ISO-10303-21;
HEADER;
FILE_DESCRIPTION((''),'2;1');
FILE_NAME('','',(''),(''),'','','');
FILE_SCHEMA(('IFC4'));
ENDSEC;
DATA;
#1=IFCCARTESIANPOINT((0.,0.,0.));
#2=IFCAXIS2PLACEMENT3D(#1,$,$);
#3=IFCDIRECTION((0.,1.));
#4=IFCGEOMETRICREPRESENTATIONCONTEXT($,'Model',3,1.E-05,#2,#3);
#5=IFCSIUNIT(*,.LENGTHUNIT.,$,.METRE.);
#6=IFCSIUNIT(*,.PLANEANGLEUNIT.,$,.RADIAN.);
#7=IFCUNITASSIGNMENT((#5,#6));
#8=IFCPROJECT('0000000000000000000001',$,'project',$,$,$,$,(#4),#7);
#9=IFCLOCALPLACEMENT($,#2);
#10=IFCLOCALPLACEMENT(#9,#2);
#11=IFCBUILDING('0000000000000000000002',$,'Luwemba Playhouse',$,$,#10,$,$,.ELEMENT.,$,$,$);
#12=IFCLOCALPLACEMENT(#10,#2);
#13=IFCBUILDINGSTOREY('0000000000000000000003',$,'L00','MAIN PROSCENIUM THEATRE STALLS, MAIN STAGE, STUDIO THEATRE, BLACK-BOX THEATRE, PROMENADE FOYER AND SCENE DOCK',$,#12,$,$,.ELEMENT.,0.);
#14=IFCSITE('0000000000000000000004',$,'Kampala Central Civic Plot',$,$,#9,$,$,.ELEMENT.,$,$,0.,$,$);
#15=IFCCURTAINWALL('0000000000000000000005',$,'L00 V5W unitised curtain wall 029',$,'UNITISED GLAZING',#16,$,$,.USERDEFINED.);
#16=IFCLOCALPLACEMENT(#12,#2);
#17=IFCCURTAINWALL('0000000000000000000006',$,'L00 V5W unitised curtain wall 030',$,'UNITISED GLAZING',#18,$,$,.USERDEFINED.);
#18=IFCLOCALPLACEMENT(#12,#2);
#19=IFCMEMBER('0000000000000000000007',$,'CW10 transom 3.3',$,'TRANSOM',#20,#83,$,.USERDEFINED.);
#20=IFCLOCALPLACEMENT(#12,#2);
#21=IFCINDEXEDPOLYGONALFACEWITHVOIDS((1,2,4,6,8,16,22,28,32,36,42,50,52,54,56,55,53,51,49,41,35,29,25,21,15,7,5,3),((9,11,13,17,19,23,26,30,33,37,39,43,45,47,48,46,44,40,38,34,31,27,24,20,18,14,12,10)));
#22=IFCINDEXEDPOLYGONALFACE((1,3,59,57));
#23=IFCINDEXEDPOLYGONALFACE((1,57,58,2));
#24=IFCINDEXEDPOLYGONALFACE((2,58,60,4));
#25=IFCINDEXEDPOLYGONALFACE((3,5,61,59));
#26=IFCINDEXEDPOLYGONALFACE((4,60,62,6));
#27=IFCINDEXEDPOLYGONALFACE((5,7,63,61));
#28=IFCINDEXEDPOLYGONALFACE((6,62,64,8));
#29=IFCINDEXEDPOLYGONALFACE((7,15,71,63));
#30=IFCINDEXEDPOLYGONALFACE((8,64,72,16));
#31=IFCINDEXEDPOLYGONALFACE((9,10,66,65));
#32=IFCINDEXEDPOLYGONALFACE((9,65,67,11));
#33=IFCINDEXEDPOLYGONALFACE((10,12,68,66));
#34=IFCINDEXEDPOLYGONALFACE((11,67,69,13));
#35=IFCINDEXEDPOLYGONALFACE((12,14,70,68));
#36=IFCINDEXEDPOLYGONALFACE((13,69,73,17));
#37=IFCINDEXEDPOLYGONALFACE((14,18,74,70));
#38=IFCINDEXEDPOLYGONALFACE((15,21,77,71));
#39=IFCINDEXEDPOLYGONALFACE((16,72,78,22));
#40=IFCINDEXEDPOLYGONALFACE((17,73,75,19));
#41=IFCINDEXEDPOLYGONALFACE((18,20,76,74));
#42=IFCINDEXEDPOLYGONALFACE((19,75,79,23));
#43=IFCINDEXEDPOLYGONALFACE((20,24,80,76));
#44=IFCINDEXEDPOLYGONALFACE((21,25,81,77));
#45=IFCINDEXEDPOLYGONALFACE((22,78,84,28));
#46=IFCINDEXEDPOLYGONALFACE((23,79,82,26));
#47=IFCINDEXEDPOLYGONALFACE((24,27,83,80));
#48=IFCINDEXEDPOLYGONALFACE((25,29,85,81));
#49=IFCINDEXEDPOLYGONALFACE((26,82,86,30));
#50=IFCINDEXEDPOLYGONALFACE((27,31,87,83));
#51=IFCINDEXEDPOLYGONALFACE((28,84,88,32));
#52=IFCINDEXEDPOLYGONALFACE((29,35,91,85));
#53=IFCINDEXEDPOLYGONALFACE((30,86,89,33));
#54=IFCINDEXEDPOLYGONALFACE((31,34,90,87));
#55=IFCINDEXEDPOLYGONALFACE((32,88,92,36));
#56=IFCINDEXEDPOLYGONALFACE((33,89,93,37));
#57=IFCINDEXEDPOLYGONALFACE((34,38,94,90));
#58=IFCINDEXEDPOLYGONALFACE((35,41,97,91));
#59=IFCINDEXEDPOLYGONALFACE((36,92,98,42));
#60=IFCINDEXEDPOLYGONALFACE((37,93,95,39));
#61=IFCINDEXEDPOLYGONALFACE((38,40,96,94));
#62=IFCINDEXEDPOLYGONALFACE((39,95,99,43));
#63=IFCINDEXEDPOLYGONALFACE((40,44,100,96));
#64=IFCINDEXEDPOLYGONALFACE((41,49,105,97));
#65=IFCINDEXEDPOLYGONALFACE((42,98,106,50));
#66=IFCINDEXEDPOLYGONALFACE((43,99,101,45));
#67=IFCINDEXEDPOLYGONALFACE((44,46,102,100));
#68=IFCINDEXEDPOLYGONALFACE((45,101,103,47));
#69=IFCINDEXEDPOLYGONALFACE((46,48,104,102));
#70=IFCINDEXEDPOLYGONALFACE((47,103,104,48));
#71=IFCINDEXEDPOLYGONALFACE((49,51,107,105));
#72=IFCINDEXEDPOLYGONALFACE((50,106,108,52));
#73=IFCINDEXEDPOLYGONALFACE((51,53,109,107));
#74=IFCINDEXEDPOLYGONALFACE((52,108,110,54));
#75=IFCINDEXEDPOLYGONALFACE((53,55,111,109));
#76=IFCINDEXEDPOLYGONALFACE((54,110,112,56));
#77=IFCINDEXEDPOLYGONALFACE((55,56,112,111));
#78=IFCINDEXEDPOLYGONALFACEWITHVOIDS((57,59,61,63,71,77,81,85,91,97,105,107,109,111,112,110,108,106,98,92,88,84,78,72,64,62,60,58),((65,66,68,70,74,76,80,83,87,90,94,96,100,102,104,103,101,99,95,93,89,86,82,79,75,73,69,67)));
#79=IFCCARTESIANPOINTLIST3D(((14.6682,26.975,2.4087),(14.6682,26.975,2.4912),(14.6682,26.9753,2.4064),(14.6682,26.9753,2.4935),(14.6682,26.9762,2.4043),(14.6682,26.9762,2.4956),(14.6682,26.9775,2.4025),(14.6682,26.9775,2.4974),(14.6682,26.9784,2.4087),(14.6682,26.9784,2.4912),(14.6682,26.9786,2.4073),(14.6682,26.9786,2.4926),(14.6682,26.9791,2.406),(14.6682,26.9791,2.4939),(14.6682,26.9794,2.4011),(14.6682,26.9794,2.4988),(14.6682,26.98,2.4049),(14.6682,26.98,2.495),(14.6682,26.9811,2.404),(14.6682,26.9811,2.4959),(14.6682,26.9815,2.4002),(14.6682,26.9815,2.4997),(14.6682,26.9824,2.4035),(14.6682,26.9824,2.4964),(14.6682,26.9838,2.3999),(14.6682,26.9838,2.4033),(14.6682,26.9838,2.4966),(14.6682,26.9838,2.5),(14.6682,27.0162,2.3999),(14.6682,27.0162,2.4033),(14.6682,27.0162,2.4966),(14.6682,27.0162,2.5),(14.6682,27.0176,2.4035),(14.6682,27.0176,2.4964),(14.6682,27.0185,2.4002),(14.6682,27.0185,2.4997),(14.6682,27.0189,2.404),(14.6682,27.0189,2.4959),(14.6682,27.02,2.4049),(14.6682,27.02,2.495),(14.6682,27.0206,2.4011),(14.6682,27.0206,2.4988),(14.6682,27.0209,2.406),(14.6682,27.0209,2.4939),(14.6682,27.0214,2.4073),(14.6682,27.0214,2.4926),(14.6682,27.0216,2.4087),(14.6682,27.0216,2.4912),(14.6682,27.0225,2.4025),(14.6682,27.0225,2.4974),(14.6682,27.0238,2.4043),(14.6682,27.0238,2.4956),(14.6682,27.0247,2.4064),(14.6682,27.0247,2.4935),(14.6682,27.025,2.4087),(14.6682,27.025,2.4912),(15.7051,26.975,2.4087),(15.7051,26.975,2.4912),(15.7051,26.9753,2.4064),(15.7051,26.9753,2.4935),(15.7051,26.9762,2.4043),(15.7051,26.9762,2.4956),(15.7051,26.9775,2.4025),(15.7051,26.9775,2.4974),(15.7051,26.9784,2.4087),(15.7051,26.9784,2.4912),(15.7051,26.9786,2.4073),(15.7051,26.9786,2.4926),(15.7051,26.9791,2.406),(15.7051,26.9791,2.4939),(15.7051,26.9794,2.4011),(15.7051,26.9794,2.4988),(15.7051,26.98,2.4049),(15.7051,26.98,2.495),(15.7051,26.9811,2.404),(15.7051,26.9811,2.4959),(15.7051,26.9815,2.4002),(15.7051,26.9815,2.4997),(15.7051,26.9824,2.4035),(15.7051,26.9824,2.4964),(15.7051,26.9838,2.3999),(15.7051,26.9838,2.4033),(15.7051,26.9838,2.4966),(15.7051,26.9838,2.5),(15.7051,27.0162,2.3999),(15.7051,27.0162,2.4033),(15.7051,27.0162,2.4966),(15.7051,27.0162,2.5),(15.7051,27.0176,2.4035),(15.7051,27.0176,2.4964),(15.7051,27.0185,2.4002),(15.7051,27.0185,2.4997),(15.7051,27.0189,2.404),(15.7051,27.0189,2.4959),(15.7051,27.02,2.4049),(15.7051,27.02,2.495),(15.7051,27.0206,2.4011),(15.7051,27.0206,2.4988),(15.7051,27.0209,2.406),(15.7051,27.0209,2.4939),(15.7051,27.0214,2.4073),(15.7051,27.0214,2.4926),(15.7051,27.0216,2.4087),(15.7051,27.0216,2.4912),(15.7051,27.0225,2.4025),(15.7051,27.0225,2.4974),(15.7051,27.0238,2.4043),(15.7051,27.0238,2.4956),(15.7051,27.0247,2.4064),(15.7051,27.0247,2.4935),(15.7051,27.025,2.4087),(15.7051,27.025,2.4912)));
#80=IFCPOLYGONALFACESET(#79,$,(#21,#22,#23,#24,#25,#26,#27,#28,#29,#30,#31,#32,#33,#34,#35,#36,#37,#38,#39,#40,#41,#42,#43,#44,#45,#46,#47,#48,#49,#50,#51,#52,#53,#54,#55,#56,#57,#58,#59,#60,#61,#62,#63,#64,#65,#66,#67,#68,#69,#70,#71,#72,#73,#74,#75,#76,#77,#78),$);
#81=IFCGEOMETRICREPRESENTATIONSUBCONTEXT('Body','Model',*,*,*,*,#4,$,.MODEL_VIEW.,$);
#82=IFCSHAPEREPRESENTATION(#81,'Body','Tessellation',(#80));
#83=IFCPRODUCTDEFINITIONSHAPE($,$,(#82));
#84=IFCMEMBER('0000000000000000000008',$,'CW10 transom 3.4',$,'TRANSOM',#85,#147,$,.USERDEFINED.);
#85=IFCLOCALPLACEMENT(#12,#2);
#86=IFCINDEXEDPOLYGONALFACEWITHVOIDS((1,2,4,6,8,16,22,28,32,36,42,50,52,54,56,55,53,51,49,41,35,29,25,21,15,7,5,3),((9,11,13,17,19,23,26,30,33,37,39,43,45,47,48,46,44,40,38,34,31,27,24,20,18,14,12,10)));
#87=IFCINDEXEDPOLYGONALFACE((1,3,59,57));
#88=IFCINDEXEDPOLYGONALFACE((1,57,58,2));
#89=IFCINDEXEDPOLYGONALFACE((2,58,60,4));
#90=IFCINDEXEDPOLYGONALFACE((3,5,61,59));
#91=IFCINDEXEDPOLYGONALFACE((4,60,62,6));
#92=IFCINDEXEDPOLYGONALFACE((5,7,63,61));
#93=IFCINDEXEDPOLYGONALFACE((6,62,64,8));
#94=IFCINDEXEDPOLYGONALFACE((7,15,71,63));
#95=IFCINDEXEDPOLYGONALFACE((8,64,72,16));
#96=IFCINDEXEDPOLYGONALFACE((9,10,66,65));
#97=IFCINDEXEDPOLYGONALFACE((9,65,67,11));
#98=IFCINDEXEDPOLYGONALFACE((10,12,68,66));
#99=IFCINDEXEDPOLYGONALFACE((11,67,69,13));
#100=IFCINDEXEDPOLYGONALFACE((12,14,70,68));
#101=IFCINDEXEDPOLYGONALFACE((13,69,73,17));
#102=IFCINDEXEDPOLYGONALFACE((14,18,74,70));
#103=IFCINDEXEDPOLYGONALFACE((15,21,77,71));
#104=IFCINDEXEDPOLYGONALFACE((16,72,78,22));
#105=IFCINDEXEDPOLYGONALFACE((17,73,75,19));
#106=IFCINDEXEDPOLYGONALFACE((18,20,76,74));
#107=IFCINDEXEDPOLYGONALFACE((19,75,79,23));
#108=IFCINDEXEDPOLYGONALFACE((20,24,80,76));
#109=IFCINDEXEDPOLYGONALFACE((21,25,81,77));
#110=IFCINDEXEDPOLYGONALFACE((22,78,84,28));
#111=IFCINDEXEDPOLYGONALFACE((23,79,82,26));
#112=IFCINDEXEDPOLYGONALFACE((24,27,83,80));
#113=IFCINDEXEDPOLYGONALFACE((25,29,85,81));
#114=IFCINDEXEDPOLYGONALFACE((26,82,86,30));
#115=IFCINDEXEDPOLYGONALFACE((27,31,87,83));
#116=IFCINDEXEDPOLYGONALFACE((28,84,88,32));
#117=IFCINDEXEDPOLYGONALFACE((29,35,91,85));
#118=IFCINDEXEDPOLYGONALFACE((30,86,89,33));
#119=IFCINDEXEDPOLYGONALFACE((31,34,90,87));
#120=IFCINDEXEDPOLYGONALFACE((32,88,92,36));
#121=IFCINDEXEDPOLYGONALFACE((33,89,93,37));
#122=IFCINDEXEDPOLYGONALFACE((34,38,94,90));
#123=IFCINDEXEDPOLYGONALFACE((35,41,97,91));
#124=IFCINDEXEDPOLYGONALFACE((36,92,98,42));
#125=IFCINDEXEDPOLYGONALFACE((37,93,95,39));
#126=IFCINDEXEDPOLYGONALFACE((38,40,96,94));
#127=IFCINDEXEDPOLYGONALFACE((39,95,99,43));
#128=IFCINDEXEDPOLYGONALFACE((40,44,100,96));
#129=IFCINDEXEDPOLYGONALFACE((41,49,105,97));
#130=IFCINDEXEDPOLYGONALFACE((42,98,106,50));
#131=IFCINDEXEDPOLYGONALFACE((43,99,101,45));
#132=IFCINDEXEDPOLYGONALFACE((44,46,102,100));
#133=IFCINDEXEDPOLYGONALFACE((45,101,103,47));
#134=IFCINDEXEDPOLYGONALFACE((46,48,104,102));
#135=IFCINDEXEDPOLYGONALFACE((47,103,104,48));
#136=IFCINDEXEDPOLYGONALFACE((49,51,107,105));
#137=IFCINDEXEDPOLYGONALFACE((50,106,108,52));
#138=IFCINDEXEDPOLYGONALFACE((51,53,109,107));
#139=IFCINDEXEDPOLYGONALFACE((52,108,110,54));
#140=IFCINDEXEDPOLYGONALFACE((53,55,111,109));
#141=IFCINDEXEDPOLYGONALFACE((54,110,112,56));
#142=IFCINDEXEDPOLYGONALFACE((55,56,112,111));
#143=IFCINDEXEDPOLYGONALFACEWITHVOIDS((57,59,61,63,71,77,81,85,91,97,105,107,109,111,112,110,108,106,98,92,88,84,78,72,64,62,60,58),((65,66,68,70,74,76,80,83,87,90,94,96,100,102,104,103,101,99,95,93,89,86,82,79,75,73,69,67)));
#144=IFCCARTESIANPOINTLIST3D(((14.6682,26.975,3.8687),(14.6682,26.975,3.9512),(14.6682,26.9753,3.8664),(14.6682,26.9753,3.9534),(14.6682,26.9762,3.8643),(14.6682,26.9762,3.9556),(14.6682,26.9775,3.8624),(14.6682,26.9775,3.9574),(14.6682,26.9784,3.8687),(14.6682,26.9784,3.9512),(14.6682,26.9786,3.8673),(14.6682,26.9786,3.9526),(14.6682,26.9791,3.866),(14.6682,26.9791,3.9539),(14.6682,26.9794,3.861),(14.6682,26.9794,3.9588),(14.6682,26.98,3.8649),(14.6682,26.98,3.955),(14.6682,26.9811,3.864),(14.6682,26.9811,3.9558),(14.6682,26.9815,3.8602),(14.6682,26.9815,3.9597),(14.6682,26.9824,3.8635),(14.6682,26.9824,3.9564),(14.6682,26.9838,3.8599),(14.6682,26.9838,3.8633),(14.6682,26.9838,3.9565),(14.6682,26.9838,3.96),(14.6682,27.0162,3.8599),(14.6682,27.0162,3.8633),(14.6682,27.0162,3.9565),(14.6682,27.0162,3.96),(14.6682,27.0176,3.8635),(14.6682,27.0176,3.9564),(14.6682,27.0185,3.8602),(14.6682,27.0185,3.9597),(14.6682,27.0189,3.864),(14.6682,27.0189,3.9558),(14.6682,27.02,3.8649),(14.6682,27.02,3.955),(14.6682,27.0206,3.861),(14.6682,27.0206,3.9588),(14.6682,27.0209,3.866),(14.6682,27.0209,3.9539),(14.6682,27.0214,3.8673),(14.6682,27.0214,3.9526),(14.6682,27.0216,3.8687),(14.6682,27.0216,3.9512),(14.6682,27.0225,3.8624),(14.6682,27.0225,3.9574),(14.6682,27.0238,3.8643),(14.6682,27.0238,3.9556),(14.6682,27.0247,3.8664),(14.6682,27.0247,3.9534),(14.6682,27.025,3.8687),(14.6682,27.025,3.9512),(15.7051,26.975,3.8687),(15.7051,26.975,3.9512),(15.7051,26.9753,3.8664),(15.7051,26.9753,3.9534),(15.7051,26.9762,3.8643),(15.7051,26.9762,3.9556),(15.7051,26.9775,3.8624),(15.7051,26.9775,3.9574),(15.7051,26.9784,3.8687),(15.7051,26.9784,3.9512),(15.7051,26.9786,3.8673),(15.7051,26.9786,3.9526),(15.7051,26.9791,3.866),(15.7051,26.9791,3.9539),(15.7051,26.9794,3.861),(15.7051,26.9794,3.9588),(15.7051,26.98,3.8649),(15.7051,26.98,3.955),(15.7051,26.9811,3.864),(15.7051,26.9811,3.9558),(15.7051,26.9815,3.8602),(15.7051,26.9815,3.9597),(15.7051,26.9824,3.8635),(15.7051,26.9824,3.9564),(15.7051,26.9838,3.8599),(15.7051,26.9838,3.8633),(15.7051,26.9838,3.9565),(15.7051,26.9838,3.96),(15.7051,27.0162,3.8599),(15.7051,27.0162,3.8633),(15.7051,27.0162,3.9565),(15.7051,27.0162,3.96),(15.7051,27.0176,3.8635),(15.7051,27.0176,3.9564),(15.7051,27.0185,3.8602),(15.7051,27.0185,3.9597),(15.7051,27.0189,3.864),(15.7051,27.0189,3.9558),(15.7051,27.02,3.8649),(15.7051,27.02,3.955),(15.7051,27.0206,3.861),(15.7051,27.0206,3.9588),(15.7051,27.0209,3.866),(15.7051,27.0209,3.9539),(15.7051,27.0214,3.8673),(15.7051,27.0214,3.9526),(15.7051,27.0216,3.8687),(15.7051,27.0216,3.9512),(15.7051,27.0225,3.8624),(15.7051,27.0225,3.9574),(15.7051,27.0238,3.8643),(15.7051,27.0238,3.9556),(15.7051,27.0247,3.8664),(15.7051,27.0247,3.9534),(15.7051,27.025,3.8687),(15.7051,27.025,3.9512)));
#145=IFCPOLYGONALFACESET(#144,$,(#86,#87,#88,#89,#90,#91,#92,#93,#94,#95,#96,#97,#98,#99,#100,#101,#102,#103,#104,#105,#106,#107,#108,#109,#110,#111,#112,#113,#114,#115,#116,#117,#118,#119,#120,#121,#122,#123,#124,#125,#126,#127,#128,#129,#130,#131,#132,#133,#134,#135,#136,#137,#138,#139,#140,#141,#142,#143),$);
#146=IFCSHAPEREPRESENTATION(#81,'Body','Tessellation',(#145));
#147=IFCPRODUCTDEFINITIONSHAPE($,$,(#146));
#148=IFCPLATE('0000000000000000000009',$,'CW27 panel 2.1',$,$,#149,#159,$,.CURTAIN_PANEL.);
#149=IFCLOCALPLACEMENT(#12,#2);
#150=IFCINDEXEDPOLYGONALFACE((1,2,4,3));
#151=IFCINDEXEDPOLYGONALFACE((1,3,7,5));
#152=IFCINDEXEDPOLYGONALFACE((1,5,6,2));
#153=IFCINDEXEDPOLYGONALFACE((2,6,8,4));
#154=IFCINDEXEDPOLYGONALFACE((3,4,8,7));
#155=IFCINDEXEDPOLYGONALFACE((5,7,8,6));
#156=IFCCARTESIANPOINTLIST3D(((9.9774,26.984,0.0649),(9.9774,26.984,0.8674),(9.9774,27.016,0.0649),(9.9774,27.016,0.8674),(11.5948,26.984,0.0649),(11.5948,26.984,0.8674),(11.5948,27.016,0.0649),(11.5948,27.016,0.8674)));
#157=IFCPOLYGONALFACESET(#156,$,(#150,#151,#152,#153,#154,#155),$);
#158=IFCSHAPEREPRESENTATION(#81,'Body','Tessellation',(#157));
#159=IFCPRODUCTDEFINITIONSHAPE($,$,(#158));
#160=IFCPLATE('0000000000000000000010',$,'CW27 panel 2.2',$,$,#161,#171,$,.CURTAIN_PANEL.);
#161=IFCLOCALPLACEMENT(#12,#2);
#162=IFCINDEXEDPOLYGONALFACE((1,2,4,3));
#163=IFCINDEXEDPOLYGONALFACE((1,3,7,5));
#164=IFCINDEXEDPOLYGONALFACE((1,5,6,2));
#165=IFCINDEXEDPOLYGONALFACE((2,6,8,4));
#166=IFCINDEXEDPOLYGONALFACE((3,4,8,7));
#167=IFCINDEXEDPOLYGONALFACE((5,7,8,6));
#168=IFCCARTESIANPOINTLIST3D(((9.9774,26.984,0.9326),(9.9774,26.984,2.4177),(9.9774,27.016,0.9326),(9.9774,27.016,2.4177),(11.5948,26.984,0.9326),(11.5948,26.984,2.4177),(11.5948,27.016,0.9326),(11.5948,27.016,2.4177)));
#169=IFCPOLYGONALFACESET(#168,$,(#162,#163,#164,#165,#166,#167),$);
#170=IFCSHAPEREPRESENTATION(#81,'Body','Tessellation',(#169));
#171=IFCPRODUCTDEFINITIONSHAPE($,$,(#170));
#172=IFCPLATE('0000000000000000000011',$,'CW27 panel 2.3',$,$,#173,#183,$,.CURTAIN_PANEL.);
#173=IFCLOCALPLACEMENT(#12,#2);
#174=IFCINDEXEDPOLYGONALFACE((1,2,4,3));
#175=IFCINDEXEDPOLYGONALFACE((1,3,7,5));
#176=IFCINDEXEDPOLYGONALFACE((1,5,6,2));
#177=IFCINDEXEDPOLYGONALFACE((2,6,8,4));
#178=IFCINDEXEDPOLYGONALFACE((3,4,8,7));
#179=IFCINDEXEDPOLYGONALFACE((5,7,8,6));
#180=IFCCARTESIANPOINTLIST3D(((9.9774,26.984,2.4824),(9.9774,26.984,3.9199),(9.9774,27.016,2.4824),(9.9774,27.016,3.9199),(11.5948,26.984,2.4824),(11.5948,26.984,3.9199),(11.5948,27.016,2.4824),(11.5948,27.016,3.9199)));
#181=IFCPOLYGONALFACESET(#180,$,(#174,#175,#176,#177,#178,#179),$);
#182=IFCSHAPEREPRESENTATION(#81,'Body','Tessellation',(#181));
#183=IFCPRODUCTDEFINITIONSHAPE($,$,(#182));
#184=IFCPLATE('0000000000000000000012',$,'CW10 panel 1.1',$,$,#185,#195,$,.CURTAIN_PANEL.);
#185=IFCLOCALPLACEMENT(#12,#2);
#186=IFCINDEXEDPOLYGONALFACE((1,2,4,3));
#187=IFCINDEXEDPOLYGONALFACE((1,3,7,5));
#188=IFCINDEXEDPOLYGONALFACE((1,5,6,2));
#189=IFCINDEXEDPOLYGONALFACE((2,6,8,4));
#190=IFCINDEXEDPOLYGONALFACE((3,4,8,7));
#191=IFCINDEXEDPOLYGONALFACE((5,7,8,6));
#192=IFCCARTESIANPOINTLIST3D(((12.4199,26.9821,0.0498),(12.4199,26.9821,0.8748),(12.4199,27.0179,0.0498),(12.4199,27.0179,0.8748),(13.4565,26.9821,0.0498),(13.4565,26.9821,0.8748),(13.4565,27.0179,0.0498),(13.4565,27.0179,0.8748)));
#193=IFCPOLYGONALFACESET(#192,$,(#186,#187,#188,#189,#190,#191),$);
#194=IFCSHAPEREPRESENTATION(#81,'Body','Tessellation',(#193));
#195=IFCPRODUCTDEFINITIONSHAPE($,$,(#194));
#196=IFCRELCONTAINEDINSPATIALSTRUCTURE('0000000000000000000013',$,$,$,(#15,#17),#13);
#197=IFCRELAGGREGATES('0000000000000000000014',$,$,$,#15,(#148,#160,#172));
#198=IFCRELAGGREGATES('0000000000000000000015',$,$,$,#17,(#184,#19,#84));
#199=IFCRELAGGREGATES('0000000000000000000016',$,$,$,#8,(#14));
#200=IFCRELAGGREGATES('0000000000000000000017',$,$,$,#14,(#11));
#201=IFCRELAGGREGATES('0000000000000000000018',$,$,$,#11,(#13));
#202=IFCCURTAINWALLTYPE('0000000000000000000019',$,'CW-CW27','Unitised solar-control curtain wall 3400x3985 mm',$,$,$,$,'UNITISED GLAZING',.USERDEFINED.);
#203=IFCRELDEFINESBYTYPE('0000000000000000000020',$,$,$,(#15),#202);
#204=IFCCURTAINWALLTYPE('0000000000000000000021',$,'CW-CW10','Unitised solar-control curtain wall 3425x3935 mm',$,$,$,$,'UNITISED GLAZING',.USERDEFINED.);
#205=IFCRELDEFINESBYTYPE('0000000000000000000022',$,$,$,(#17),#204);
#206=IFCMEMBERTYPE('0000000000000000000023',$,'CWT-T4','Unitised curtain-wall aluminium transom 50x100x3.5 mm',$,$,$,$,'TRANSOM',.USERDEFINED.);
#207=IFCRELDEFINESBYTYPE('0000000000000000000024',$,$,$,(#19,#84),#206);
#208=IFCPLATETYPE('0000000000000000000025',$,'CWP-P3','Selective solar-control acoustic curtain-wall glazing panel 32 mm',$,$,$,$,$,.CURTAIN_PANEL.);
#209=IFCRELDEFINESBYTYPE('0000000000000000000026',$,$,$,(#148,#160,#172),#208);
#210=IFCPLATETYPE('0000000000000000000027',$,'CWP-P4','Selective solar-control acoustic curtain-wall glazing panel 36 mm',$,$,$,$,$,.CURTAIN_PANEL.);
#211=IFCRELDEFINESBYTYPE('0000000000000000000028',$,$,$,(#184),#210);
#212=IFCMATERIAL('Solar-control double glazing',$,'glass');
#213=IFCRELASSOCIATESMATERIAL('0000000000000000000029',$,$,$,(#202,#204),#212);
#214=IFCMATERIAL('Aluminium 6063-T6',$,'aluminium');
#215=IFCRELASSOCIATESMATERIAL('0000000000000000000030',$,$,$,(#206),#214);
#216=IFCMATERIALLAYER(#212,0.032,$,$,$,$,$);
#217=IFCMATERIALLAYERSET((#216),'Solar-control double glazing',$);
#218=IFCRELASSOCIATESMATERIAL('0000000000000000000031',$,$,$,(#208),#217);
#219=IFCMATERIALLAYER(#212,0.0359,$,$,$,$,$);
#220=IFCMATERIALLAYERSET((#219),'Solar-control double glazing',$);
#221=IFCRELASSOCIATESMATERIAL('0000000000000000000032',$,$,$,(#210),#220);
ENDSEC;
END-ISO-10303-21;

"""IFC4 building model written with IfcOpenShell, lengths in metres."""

from ifc_helpers import new_model, si_unit, direction, frame, origin, origin_2d, place, context, subcontext, project, spatial, rectangle, hollow_rectangle, extrude, material, layer, layer_set, material_profile, profile_set, type_object, element, aggregate, save


model = new_model("IFC4")

# Units and contexts
model_context = context("Model", 3, precision=1e-05, world=origin(), true_north=direction((0.0, 1.0)))
body_context = subcontext(model_context, "Body", "Model", "MODEL_VIEW")
ifc_project = project(units=[si_unit("LENGTHUNIT", "METRE"), si_unit("PLANEANGLEUNIT", "RADIAN")], contexts=[model_context])

# Site, building, storey
site_placement = place(None, origin())
site = spatial("IfcSite", under=ifc_project, at=site_placement, Name="Kampala Central Civic Plot", CompositionType="ELEMENT", RefElevation=0.0)
building_placement = place(site_placement, origin())
building = spatial("IfcBuilding", under=site, at=building_placement, Name="Luwemba Playhouse", CompositionType="ELEMENT")
storey_placement = place(building_placement, origin())
storey = spatial("IfcBuildingStorey", under=building, at=storey_placement, Name="L00", Description="MAIN PROSCENIUM THEATRE STALLS, MAIN STAGE, STUDIO THEATRE, BLACK-BOX THEATRE, PROMENADE FOYER AND SCENE DOCK", CompositionType="ELEMENT", Elevation=0.0)

# Curtain wall
ifc_material_1 = material(Name="Solar-control double glazing", Category="glass")
curtain_wall_type_1 = type_object("IfcCurtainWallType", Name="CW-CW27", Description="Unitised solar-control curtain wall 3400x3985 mm", ElementType="UNITISED GLAZING", PredefinedType="USERDEFINED", material=ifc_material_1)
curtain_wall_1_placement = place(storey_placement, origin())
curtain_wall_1 = element("IfcCurtainWall", 1, at=curtain_wall_1_placement, inside=storey, type_object=curtain_wall_type_1, Name="L00 V5W unitised curtain wall 029", ObjectType="UNITISED GLAZING", PredefinedType="USERDEFINED")
ifc_material_2 = material(Name="Aluminium 6063-T6", Category="aluminium")

# Curtain wall, members
curtain_wall_type_2 = type_object("IfcCurtainWallType", Name="CW-CW10", Description="Unitised solar-control curtain wall 3425x3935 mm", ElementType="UNITISED GLAZING", PredefinedType="USERDEFINED", material=ifc_material_1)
curtain_wall_2_placement = place(storey_placement, origin())
curtain_wall_2 = element("IfcCurtainWall", 2, at=curtain_wall_2_placement, inside=storey, type_object=curtain_wall_type_2, Name="L00 V5W unitised curtain wall 030", ObjectType="UNITISED GLAZING", PredefinedType="USERDEFINED")
ifc_material_profile_1 = material_profile(ifc_material_2, hollow_rectangle(XDim=0.05, YDim=0.1001, WallThickness=0.0034, InnerFilletRadius=0.0054, OuterFilletRadius=0.0088, at=origin_2d()))
ifc_profile_set_1 = profile_set([ifc_material_profile_1], Name="Aluminium 6063-T6")
member_type_1 = type_object("IfcMemberType", Name="CWT-T4", Description="Unitised curtain-wall aluminium transom 50x100x3.5 mm", ElementType="TRANSOM", PredefinedType="USERDEFINED", material=ifc_profile_set_1)
member_1_placement = place(storey_placement, frame((14.6682, 27.0, 2.45), z_axis=(1.0, 0.0, 0.0), x_axis=(0.0, 1.0, 0.0)))
member_1 = element("IfcMember", 3, at=member_1_placement, type_object=member_type_1, Name="CW10 transom 3.3", ObjectType="TRANSOM", PredefinedType="USERDEFINED", context=body_context, shape_type="SweptSolid", body=[
    extrude(hollow_rectangle(XDim=0.05, YDim=0.1001, WallThickness=0.0034, InnerFilletRadius=0.0054, OuterFilletRadius=0.0088, at=origin_2d()), origin(), (0.0, 0.0, 1.0), 1.0369),
])
member_2_placement = place(storey_placement, frame((14.6682, 27.0, 3.9099), z_axis=(1.0, 0.0, 0.0), x_axis=(0.0, 1.0, 0.0)))
member_2 = element("IfcMember", 4, at=member_2_placement, type_object=member_type_1, Name="CW10 transom 3.4", ObjectType="TRANSOM", PredefinedType="USERDEFINED", context=body_context, shape_type="SweptSolid", body=[
    extrude(hollow_rectangle(XDim=0.05, YDim=0.1001, WallThickness=0.0034, InnerFilletRadius=0.0054, OuterFilletRadius=0.0088, at=origin_2d()), origin(), (0.0, 0.0, 1.0), 1.0369),
])

# Plates
ifc_layer_1 = layer(ifc_material_1, 0.032)
ifc_layer_set_1 = layer_set([ifc_layer_1], Name="Solar-control double glazing")
plate_type_1 = type_object("IfcPlateType", Name="CWP-P3", Description="Selective solar-control acoustic curtain-wall glazing panel 32 mm", PredefinedType="CURTAIN_PANEL", material=ifc_layer_set_1)
plate_1_placement = place(storey_placement, frame((10.7861, 27.0, 0.0649), z_axis=(0.0, 0.0, 1.0), x_axis=(1.0, 0.0, 0.0)))
plate_1 = element("IfcPlate", 5, at=plate_1_placement, type_object=plate_type_1, Name="CW27 panel 2.1", PredefinedType="CURTAIN_PANEL", context=body_context, shape_type="SweptSolid", body=[
    extrude(rectangle(XDim=1.6174, YDim=0.032, at=origin_2d()), origin(), (0.0, 0.0, 1.0), 0.8025),
])
plate_2_placement = place(storey_placement, frame((10.7861, 27.0, 0.9326), z_axis=(0.0, 0.0, 1.0), x_axis=(1.0, 0.0, 0.0)))
plate_2 = element("IfcPlate", 6, at=plate_2_placement, type_object=plate_type_1, Name="CW27 panel 2.2", PredefinedType="CURTAIN_PANEL", context=body_context, shape_type="SweptSolid", body=[
    extrude(rectangle(XDim=1.6174, YDim=0.032, at=origin_2d()), origin(), (0.0, 0.0, 1.0), 1.4851),
])
plate_3_placement = place(storey_placement, frame((10.7861, 27.0, 2.4824), z_axis=(0.0, 0.0, 1.0), x_axis=(1.0, 0.0, 0.0)))
plate_3 = element("IfcPlate", 7, at=plate_3_placement, type_object=plate_type_1, Name="CW27 panel 2.3", PredefinedType="CURTAIN_PANEL", context=body_context, shape_type="SweptSolid", body=[
    extrude(rectangle(XDim=1.6174, YDim=0.032, at=origin_2d()), origin(), (0.0, 0.0, 1.0), 1.4375),
])
aggregate(curtain_wall_1, [plate_1, plate_2, plate_3])
ifc_layer_2 = layer(ifc_material_1, 0.0359)
ifc_layer_set_2 = layer_set([ifc_layer_2], Name="Solar-control double glazing")
plate_type_2 = type_object("IfcPlateType", Name="CWP-P4", Description="Selective solar-control acoustic curtain-wall glazing panel 36 mm", PredefinedType="CURTAIN_PANEL", material=ifc_layer_set_2)
plate_4_placement = place(storey_placement, frame((12.9382, 27.0, 0.0498), z_axis=(0.0, 0.0, 1.0), x_axis=(1.0, 0.0, 0.0)))
plate_4 = element("IfcPlate", 8, at=plate_4_placement, type_object=plate_type_2, Name="CW10 panel 1.1", PredefinedType="CURTAIN_PANEL", context=body_context, shape_type="SweptSolid", body=[
    extrude(rectangle(XDim=1.0366, YDim=0.0359, at=origin_2d()), origin(), (0.0, 0.0, 1.0), 0.825),
])
aggregate(curtain_wall_2, [plate_4, member_1, member_2])

save(model, "model.ifc")
